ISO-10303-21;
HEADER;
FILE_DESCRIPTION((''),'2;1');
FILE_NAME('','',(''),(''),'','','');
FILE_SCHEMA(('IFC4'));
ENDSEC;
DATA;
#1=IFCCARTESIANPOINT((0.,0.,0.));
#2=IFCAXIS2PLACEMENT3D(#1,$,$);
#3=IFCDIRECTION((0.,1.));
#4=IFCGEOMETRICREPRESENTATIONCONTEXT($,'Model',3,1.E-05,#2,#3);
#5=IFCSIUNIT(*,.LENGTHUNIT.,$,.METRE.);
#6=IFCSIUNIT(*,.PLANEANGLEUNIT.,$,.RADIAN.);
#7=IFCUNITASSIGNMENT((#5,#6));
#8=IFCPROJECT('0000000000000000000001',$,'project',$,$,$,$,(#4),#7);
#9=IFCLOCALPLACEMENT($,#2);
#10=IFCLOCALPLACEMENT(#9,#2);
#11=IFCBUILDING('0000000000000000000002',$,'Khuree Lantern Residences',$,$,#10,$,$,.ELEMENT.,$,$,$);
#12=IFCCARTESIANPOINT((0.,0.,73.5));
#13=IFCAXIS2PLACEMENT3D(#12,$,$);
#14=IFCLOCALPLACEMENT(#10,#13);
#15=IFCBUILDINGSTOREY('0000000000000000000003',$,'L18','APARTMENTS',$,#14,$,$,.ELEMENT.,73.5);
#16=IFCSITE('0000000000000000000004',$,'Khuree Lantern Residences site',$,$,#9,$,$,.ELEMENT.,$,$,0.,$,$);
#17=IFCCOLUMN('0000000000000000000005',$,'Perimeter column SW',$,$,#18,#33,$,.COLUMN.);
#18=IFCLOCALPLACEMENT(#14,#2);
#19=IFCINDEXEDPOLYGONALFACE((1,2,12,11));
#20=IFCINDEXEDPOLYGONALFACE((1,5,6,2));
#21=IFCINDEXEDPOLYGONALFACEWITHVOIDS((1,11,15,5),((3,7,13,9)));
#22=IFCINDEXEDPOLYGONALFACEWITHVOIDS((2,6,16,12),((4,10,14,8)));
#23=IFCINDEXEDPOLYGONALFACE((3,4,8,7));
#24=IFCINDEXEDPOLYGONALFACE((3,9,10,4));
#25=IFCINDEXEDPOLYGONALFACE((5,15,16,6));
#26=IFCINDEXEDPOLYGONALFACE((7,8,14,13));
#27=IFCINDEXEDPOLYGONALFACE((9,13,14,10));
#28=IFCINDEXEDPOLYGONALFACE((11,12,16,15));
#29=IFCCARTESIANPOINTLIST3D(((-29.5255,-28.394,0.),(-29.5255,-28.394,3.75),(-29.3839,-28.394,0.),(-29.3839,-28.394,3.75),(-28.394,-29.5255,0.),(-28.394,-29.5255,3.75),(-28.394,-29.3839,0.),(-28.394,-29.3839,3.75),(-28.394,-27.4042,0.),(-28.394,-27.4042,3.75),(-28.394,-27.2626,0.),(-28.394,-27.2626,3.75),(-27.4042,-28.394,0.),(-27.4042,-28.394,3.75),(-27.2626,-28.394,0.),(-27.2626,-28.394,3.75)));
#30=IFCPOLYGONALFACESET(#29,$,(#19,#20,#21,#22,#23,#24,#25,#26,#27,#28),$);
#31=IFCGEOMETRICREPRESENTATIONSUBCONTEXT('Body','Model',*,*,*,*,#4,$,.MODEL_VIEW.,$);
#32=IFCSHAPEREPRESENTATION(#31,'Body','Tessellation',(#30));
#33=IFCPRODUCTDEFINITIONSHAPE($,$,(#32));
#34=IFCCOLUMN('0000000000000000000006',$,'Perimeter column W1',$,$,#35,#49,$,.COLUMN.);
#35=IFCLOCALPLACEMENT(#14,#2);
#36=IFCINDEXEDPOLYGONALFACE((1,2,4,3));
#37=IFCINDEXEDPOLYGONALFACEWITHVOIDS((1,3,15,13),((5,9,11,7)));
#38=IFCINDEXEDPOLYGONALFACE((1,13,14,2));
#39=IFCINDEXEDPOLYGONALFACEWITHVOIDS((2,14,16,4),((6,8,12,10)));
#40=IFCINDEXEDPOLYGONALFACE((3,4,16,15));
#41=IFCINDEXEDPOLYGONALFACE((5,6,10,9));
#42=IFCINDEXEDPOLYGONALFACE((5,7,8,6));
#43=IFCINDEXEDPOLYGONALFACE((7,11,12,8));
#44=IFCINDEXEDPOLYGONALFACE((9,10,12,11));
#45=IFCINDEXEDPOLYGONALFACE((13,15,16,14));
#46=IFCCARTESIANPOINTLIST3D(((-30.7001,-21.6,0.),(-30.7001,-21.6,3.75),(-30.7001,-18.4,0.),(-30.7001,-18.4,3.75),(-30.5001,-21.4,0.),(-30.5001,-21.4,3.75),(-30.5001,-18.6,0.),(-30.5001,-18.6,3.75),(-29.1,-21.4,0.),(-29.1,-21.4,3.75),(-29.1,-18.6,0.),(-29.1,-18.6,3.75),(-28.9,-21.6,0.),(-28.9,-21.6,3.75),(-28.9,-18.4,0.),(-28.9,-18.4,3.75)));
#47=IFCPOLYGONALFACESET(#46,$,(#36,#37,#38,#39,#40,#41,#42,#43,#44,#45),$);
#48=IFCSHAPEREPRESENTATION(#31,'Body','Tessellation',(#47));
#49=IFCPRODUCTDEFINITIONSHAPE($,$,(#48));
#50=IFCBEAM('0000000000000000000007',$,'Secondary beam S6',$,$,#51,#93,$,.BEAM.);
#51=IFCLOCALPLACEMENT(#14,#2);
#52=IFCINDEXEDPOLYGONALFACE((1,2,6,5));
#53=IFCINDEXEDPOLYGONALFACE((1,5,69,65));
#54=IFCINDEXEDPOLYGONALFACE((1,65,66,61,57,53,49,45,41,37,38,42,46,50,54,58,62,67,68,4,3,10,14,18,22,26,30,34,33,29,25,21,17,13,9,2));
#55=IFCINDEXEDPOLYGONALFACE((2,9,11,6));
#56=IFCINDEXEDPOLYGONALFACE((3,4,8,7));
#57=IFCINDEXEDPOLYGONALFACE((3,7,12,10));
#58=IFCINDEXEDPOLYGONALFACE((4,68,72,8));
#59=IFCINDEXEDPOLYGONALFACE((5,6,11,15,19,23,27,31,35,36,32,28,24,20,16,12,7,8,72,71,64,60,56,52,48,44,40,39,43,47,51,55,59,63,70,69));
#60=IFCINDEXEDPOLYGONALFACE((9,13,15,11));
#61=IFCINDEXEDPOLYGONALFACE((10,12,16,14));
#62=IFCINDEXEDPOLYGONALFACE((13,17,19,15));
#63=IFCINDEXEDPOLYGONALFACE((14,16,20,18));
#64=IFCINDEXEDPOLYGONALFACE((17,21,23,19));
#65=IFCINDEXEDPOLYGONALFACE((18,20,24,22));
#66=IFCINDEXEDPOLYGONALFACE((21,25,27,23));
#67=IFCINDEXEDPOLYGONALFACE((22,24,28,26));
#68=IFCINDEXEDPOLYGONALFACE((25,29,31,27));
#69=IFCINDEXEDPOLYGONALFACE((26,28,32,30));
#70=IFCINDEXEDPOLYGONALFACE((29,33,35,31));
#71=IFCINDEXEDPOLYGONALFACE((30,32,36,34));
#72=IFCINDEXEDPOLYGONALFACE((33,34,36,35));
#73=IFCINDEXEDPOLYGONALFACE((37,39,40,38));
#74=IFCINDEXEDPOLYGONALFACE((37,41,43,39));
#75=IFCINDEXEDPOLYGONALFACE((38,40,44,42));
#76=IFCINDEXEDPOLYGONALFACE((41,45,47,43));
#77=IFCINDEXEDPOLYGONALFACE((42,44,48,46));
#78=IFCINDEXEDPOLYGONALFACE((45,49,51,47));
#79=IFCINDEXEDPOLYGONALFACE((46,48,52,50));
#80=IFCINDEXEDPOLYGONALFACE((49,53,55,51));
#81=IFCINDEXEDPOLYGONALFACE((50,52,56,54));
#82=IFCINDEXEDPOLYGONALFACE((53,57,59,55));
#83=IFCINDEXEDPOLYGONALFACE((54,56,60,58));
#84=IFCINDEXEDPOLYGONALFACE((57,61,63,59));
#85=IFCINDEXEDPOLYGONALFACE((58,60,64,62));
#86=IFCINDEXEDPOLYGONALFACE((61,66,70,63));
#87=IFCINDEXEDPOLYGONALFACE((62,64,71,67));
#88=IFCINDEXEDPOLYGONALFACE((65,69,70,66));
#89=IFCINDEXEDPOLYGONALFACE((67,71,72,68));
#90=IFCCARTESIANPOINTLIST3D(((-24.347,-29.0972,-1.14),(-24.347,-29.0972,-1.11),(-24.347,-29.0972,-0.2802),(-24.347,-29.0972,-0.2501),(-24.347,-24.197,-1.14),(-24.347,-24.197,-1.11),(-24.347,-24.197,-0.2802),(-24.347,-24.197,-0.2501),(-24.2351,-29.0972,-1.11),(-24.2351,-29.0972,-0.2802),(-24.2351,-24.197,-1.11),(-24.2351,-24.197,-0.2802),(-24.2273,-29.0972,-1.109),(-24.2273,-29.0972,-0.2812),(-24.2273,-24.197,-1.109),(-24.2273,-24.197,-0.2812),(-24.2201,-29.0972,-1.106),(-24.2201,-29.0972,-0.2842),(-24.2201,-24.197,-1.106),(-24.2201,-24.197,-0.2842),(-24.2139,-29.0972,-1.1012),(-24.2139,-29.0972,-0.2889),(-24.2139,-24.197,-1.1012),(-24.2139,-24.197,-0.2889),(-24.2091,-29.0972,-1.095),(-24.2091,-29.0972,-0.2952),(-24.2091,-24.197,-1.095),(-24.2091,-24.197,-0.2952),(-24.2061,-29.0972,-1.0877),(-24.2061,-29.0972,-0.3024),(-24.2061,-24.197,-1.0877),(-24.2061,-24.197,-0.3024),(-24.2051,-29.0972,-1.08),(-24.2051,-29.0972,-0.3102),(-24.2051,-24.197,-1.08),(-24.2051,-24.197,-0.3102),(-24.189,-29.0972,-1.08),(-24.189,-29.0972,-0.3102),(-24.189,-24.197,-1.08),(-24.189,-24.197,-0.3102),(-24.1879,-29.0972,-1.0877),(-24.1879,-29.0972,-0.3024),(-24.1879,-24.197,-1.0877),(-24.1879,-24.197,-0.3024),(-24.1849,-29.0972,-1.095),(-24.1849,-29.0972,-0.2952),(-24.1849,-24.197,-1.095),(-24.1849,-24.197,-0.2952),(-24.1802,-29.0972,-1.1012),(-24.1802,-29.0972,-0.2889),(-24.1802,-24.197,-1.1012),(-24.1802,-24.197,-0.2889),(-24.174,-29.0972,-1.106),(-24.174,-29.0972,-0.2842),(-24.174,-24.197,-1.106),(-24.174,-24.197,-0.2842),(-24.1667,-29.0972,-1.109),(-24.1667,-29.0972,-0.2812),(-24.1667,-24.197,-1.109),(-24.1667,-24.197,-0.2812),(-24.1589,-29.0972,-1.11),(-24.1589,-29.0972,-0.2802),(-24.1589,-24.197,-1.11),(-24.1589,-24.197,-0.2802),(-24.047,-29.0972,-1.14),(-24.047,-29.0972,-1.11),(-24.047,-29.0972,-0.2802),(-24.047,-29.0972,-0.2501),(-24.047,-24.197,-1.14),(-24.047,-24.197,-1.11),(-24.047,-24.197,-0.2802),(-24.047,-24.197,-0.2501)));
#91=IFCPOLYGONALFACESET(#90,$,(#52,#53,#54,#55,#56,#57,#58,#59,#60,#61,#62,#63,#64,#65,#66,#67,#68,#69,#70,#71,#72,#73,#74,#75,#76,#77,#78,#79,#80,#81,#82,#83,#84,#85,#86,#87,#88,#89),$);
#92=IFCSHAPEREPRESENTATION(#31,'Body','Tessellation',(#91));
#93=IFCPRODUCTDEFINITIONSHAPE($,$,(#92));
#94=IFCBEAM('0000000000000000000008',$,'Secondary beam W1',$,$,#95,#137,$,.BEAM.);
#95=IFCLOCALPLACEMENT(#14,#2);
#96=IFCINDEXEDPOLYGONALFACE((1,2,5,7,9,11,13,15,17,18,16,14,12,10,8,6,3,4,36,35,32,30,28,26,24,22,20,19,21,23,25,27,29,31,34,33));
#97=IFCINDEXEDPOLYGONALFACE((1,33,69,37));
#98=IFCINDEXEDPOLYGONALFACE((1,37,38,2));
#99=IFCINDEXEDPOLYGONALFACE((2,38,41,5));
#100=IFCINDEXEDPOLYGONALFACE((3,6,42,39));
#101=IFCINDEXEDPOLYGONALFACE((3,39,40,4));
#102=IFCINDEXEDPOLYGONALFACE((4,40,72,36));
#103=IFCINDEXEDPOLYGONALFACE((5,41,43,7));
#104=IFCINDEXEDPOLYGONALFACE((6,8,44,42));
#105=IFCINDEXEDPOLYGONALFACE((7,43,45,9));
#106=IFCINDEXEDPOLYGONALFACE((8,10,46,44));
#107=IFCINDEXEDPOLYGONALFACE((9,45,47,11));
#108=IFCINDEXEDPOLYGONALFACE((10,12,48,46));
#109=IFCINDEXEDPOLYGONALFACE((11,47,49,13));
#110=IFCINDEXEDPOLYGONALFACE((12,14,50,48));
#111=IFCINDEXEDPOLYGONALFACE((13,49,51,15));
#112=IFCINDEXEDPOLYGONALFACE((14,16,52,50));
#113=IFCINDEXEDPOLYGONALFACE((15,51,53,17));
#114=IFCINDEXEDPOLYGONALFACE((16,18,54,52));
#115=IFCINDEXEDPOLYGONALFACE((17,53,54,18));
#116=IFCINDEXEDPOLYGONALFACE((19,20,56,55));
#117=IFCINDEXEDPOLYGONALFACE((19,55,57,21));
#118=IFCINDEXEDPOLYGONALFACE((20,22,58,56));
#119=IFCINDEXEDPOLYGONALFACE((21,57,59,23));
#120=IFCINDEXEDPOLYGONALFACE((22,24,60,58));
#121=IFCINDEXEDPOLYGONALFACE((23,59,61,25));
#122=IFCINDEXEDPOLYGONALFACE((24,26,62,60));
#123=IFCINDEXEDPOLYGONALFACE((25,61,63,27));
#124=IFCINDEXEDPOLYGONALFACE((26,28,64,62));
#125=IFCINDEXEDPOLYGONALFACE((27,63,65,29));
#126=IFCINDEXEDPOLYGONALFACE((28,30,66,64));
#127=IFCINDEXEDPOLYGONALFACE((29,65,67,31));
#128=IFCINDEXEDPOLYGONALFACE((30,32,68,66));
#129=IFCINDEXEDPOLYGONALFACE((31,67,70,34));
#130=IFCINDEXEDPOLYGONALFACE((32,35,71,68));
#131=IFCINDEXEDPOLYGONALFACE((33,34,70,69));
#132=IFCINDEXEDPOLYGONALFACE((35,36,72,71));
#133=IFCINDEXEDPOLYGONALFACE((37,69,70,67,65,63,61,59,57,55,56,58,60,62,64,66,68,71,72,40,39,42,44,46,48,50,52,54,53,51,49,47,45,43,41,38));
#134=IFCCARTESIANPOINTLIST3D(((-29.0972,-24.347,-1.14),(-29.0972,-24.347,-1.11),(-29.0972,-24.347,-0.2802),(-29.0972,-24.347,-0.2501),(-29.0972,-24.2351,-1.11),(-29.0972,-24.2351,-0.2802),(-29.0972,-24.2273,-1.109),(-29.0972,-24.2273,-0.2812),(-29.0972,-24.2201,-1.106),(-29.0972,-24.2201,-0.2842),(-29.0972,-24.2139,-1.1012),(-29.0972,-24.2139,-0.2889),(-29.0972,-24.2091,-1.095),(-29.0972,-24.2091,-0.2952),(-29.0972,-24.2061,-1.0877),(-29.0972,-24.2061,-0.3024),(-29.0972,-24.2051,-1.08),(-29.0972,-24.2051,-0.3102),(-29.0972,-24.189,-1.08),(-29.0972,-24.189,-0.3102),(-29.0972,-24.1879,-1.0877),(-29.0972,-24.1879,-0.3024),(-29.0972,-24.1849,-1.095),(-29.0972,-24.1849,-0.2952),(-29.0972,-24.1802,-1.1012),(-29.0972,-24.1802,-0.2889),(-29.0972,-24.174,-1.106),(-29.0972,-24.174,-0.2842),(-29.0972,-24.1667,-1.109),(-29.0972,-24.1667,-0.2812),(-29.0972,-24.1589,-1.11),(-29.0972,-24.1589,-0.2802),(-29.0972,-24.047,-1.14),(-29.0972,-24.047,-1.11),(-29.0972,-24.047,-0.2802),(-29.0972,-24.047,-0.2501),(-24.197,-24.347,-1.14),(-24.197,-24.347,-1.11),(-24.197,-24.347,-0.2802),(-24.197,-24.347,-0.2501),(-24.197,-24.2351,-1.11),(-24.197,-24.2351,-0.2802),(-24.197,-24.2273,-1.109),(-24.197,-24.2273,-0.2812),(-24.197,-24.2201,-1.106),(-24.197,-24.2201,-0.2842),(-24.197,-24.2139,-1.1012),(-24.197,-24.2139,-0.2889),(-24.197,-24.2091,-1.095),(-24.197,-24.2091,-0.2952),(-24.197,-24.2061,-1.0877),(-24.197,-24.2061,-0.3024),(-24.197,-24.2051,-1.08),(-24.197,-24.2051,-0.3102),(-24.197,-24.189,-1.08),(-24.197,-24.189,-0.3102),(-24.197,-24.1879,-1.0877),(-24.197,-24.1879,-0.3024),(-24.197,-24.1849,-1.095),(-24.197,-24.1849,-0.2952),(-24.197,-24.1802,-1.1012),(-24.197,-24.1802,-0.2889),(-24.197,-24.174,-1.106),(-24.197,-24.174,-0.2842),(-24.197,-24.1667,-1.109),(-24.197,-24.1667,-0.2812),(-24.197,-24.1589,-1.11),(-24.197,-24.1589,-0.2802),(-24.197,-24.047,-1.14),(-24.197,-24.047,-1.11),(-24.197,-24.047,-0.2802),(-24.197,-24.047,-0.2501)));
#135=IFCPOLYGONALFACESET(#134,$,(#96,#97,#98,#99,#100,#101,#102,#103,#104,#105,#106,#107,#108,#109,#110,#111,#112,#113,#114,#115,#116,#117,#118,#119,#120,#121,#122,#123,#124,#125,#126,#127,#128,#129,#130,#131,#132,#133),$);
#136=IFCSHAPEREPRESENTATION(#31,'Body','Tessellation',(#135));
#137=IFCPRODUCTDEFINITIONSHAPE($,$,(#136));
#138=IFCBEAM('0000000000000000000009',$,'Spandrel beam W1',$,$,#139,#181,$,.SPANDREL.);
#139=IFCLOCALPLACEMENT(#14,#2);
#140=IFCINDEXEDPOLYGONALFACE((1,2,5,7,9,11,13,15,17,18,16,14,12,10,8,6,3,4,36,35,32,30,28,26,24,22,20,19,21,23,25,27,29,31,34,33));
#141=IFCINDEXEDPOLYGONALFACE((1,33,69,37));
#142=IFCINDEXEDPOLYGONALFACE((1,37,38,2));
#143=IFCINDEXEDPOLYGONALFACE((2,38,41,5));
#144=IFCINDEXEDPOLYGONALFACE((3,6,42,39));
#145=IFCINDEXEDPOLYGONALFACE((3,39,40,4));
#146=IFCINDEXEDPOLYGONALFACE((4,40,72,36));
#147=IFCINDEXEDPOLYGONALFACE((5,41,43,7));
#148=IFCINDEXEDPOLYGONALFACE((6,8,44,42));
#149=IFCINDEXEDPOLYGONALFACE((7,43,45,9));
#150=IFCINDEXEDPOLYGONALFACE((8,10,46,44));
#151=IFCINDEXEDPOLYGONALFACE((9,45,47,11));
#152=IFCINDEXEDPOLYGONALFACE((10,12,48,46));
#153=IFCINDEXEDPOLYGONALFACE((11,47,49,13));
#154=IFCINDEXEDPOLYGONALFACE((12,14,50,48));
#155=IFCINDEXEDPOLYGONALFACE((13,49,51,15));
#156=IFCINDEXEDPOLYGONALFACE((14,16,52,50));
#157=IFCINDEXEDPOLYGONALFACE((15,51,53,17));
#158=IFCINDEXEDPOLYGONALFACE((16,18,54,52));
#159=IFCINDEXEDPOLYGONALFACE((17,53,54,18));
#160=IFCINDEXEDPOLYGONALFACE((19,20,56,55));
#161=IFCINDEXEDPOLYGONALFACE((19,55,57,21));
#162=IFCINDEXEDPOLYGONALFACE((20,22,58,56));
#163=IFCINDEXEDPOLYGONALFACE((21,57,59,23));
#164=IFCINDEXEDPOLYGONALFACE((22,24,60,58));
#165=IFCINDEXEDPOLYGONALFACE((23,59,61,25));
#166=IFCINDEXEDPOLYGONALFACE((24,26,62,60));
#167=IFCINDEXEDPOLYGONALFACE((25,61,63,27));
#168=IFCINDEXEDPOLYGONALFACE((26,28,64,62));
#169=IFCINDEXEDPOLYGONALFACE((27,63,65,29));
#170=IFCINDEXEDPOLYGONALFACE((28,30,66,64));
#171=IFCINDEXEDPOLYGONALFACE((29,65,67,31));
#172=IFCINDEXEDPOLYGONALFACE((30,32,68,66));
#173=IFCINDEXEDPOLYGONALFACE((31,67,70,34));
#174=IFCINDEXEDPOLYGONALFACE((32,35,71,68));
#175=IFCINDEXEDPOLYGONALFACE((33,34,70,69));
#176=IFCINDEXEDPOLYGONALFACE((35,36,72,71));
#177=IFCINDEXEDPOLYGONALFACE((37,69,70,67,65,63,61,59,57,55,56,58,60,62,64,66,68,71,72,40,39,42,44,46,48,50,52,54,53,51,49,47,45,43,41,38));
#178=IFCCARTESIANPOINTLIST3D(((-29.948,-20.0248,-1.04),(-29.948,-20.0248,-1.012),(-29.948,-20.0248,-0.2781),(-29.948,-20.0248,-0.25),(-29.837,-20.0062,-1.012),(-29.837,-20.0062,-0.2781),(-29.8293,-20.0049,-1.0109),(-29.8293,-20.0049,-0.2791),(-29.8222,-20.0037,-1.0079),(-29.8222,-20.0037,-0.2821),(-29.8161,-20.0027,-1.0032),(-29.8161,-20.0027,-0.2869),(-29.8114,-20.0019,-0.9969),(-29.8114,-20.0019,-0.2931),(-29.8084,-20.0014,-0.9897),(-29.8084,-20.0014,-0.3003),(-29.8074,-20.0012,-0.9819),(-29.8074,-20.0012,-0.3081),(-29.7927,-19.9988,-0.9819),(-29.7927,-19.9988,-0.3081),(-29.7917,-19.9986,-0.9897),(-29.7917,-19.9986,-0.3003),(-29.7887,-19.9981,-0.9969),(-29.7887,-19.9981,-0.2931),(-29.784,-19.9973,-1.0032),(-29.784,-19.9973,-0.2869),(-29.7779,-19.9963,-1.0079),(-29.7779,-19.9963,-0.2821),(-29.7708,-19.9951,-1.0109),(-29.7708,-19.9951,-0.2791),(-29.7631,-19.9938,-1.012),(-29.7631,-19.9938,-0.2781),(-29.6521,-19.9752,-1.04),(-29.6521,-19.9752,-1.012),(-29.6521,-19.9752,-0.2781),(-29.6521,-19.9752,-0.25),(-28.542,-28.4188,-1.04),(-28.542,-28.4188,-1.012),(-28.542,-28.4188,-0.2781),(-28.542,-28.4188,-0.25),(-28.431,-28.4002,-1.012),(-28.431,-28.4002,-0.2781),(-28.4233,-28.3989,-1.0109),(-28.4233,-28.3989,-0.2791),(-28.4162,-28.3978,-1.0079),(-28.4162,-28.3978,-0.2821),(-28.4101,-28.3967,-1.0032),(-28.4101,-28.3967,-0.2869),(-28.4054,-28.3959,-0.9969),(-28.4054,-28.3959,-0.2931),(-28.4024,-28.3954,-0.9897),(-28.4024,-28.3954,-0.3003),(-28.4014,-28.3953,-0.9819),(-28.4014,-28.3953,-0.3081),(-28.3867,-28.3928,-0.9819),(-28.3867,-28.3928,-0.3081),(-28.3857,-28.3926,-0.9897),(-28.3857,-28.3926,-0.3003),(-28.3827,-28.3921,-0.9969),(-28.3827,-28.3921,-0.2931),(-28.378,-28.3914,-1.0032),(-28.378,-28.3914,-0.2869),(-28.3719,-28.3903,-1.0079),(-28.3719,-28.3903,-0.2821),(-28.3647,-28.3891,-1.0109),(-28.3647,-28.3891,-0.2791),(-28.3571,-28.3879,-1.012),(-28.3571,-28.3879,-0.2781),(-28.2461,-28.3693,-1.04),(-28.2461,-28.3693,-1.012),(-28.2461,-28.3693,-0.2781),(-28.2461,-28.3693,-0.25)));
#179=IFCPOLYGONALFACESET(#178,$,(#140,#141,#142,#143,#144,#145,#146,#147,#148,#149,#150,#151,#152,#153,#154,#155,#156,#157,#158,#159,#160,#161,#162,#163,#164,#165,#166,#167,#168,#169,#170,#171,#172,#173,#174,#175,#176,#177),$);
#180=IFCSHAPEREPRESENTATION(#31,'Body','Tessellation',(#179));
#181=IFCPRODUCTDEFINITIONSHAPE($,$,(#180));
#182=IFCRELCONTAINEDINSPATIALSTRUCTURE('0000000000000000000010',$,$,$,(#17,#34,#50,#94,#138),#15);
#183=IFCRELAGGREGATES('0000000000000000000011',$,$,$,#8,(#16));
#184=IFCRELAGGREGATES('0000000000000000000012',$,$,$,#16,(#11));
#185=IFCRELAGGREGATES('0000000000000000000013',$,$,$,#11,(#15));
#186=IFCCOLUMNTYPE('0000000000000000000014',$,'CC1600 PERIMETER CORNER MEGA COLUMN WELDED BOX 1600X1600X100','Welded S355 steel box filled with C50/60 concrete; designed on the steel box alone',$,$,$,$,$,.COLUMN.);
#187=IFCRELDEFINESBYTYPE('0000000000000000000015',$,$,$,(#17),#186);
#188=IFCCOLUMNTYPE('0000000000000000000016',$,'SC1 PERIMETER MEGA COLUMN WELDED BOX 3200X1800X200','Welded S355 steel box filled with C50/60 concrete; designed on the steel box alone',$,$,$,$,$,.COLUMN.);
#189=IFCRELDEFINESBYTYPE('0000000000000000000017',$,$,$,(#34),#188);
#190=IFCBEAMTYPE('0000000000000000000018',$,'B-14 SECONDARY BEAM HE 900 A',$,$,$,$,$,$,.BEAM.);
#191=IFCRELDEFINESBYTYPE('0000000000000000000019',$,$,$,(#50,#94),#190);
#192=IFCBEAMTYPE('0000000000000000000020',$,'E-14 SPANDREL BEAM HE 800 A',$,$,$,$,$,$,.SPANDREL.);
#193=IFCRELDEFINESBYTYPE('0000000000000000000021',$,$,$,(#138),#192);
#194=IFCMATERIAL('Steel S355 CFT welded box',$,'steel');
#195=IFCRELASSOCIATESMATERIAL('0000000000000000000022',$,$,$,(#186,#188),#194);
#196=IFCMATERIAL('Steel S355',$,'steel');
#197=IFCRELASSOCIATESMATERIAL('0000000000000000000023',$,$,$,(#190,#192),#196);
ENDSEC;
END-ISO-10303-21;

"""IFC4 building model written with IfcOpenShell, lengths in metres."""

from ifc_helpers import new_model, si_unit, direction, frame, origin, origin_2d, place, context, subcontext, project, spatial, hollow_rectangle, i_section, extrude, material, material_profile, profile_set, type_object, element, save


model = new_model("IFC4")

# Units and contexts
model_context = context("Model", 3, precision=1e-05, world=origin(), true_north=direction((0.0, 1.0)))
body_context = subcontext(model_context, "Body", "Model", "MODEL_VIEW")
ifc_project = project(units=[si_unit("LENGTHUNIT", "METRE"), si_unit("PLANEANGLEUNIT", "RADIAN")], contexts=[model_context])

# Site, building, storey
site_placement = place(None, origin())
site = spatial("IfcSite", under=ifc_project, at=site_placement, Name="Khuree Lantern Residences site", CompositionType="ELEMENT", RefElevation=0.0)
building_placement = place(site_placement, origin())
building = spatial("IfcBuilding", under=site, at=building_placement, Name="Khuree Lantern Residences", CompositionType="ELEMENT")
storey_placement = place(building_placement, frame((0.0, 0.0, 73.5)))
storey = spatial("IfcBuildingStorey", under=building, at=storey_placement, Name="L18", Description="APARTMENTS", CompositionType="ELEMENT", Elevation=73.5)

# Columns
ifc_material_1 = material(Name="Steel S355 CFT welded box", Category="steel")
ifc_material_profile_1 = material_profile(ifc_material_1, hollow_rectangle(XDim=1.6001, YDim=1.6001, WallThickness=0.1001, at=origin_2d()), Name="WELDED BOX 1600X1600X100")
ifc_profile_set_1 = profile_set([ifc_material_profile_1], Name="Steel S355 CFT welded box")
column_type_1 = type_object("IfcColumnType", Name="CC1600 PERIMETER CORNER MEGA COLUMN WELDED BOX 1600X1600X100", Description="Welded S355 steel box filled with C50/60 concrete; designed on the steel box alone", PredefinedType="COLUMN", material=ifc_profile_set_1)
column_1_placement = place(storey_placement, frame((-28.394, -28.394, 0.0), z_axis=(0.0, 0.0, 1.0), x_axis=(0.707107, -0.707107, 0.0)))
element("IfcColumn", 1, at=column_1_placement, inside=storey, type_object=column_type_1, Name="Perimeter column SW", PredefinedType="COLUMN", context=body_context, shape_type="SweptSolid", body=[
    extrude(hollow_rectangle(XDim=1.6001, YDim=1.6001, WallThickness=0.1001, at=origin_2d()), origin(), (0.0, 0.0, 1.0), 3.75),
])
ifc_material_profile_2 = material_profile(ifc_material_1, hollow_rectangle(XDim=3.2, YDim=1.8, WallThickness=0.2, at=origin_2d()), Name="WELDED BOX 3200X1800X200")
ifc_profile_set_2 = profile_set([ifc_material_profile_2], Name="Steel S355 CFT welded box")
column_type_2 = type_object("IfcColumnType", Name="SC1 PERIMETER MEGA COLUMN WELDED BOX 3200X1800X200", Description="Welded S355 steel box filled with C50/60 concrete; designed on the steel box alone", PredefinedType="COLUMN", material=ifc_profile_set_2)
column_2_placement = place(storey_placement, frame((-29.8, -20.0, 0.0), z_axis=(0.0, 0.0, 1.0), x_axis=(0.0, 1.0, 0.0)))
element("IfcColumn", 2, at=column_2_placement, inside=storey, type_object=column_type_2, Name="Perimeter column W1", PredefinedType="COLUMN", context=body_context, shape_type="SweptSolid", body=[
    extrude(hollow_rectangle(XDim=3.2, YDim=1.8, WallThickness=0.2, at=origin_2d()), origin(), (0.0, 0.0, 1.0), 3.75),
])

# Beams
ifc_material_2 = material(Name="Steel S355", Category="steel")
ifc_material_profile_3 = material_profile(ifc_material_2, i_section(OverallWidth=0.3, OverallDepth=0.8899, WebThickness=0.0161, FlangeThickness=0.03, FilletRadius=0.03, at=origin_2d()), Name="HE 900 A")
ifc_profile_set_3 = profile_set([ifc_material_profile_3], Name="Steel S355")
beam_type_1 = type_object("IfcBeamType", Name="B-14 SECONDARY BEAM HE 900 A", PredefinedType="BEAM", material=ifc_profile_set_3)
for number, where, z_axis, x_axis, name in (
    (3, (-24.197, -29.0972, -0.6951), (0.0, 1.0, 0.0), (-1.0, 0.0, 0.0), "Secondary beam S6"),
    (4, (-29.0972, -24.197, -0.6951), (1.0, 0.0, 0.0), (0.0, 1.0, 0.0), "Secondary beam W1"),
):
    element("IfcBeam", number, at=place(storey_placement, frame(where, z_axis=z_axis, x_axis=x_axis)), inside=storey, type_object=beam_type_1, Name=name, PredefinedType="BEAM", context=body_context, shape_type="SweptSolid", body=[
        extrude(i_section(OverallWidth=0.3, OverallDepth=0.8899, WebThickness=0.0161, FlangeThickness=0.03, FilletRadius=0.03, at=origin_2d()), origin(), (0.0, 0.0, 1.0), 4.9001),
    ])
ifc_material_profile_4 = material_profile(ifc_material_2, i_section(OverallWidth=0.3, OverallDepth=0.79, WebThickness=0.0149, FlangeThickness=0.0281, FilletRadius=0.03, at=origin_2d()), Name="HE 800 A")
ifc_profile_set_4 = profile_set([ifc_material_profile_4], Name="Steel S355")
beam_type_2 = type_object("IfcBeamType", Name="E-14 SPANDREL BEAM HE 800 A", PredefinedType="SPANDREL", material=ifc_profile_set_4)
beam_1_placement = place(storey_placement, frame((-28.394, -28.394, -0.645), z_axis=(-0.165199, 0.98626, 0.0), x_axis=(-0.98626, -0.165199, 0.0)))
element("IfcBeam", 5, at=beam_1_placement, inside=storey, type_object=beam_type_2, Name="Spandrel beam W1", PredefinedType="SPANDREL", context=body_context, shape_type="SweptSolid", body=[
    extrude(i_section(OverallWidth=0.3, OverallDepth=0.79, WebThickness=0.0149, FlangeThickness=0.0281, FilletRadius=0.03, at=origin_2d()), origin(), (0.0, 0.0, 1.0), 8.511),
])

save(model, "model.ifc")
